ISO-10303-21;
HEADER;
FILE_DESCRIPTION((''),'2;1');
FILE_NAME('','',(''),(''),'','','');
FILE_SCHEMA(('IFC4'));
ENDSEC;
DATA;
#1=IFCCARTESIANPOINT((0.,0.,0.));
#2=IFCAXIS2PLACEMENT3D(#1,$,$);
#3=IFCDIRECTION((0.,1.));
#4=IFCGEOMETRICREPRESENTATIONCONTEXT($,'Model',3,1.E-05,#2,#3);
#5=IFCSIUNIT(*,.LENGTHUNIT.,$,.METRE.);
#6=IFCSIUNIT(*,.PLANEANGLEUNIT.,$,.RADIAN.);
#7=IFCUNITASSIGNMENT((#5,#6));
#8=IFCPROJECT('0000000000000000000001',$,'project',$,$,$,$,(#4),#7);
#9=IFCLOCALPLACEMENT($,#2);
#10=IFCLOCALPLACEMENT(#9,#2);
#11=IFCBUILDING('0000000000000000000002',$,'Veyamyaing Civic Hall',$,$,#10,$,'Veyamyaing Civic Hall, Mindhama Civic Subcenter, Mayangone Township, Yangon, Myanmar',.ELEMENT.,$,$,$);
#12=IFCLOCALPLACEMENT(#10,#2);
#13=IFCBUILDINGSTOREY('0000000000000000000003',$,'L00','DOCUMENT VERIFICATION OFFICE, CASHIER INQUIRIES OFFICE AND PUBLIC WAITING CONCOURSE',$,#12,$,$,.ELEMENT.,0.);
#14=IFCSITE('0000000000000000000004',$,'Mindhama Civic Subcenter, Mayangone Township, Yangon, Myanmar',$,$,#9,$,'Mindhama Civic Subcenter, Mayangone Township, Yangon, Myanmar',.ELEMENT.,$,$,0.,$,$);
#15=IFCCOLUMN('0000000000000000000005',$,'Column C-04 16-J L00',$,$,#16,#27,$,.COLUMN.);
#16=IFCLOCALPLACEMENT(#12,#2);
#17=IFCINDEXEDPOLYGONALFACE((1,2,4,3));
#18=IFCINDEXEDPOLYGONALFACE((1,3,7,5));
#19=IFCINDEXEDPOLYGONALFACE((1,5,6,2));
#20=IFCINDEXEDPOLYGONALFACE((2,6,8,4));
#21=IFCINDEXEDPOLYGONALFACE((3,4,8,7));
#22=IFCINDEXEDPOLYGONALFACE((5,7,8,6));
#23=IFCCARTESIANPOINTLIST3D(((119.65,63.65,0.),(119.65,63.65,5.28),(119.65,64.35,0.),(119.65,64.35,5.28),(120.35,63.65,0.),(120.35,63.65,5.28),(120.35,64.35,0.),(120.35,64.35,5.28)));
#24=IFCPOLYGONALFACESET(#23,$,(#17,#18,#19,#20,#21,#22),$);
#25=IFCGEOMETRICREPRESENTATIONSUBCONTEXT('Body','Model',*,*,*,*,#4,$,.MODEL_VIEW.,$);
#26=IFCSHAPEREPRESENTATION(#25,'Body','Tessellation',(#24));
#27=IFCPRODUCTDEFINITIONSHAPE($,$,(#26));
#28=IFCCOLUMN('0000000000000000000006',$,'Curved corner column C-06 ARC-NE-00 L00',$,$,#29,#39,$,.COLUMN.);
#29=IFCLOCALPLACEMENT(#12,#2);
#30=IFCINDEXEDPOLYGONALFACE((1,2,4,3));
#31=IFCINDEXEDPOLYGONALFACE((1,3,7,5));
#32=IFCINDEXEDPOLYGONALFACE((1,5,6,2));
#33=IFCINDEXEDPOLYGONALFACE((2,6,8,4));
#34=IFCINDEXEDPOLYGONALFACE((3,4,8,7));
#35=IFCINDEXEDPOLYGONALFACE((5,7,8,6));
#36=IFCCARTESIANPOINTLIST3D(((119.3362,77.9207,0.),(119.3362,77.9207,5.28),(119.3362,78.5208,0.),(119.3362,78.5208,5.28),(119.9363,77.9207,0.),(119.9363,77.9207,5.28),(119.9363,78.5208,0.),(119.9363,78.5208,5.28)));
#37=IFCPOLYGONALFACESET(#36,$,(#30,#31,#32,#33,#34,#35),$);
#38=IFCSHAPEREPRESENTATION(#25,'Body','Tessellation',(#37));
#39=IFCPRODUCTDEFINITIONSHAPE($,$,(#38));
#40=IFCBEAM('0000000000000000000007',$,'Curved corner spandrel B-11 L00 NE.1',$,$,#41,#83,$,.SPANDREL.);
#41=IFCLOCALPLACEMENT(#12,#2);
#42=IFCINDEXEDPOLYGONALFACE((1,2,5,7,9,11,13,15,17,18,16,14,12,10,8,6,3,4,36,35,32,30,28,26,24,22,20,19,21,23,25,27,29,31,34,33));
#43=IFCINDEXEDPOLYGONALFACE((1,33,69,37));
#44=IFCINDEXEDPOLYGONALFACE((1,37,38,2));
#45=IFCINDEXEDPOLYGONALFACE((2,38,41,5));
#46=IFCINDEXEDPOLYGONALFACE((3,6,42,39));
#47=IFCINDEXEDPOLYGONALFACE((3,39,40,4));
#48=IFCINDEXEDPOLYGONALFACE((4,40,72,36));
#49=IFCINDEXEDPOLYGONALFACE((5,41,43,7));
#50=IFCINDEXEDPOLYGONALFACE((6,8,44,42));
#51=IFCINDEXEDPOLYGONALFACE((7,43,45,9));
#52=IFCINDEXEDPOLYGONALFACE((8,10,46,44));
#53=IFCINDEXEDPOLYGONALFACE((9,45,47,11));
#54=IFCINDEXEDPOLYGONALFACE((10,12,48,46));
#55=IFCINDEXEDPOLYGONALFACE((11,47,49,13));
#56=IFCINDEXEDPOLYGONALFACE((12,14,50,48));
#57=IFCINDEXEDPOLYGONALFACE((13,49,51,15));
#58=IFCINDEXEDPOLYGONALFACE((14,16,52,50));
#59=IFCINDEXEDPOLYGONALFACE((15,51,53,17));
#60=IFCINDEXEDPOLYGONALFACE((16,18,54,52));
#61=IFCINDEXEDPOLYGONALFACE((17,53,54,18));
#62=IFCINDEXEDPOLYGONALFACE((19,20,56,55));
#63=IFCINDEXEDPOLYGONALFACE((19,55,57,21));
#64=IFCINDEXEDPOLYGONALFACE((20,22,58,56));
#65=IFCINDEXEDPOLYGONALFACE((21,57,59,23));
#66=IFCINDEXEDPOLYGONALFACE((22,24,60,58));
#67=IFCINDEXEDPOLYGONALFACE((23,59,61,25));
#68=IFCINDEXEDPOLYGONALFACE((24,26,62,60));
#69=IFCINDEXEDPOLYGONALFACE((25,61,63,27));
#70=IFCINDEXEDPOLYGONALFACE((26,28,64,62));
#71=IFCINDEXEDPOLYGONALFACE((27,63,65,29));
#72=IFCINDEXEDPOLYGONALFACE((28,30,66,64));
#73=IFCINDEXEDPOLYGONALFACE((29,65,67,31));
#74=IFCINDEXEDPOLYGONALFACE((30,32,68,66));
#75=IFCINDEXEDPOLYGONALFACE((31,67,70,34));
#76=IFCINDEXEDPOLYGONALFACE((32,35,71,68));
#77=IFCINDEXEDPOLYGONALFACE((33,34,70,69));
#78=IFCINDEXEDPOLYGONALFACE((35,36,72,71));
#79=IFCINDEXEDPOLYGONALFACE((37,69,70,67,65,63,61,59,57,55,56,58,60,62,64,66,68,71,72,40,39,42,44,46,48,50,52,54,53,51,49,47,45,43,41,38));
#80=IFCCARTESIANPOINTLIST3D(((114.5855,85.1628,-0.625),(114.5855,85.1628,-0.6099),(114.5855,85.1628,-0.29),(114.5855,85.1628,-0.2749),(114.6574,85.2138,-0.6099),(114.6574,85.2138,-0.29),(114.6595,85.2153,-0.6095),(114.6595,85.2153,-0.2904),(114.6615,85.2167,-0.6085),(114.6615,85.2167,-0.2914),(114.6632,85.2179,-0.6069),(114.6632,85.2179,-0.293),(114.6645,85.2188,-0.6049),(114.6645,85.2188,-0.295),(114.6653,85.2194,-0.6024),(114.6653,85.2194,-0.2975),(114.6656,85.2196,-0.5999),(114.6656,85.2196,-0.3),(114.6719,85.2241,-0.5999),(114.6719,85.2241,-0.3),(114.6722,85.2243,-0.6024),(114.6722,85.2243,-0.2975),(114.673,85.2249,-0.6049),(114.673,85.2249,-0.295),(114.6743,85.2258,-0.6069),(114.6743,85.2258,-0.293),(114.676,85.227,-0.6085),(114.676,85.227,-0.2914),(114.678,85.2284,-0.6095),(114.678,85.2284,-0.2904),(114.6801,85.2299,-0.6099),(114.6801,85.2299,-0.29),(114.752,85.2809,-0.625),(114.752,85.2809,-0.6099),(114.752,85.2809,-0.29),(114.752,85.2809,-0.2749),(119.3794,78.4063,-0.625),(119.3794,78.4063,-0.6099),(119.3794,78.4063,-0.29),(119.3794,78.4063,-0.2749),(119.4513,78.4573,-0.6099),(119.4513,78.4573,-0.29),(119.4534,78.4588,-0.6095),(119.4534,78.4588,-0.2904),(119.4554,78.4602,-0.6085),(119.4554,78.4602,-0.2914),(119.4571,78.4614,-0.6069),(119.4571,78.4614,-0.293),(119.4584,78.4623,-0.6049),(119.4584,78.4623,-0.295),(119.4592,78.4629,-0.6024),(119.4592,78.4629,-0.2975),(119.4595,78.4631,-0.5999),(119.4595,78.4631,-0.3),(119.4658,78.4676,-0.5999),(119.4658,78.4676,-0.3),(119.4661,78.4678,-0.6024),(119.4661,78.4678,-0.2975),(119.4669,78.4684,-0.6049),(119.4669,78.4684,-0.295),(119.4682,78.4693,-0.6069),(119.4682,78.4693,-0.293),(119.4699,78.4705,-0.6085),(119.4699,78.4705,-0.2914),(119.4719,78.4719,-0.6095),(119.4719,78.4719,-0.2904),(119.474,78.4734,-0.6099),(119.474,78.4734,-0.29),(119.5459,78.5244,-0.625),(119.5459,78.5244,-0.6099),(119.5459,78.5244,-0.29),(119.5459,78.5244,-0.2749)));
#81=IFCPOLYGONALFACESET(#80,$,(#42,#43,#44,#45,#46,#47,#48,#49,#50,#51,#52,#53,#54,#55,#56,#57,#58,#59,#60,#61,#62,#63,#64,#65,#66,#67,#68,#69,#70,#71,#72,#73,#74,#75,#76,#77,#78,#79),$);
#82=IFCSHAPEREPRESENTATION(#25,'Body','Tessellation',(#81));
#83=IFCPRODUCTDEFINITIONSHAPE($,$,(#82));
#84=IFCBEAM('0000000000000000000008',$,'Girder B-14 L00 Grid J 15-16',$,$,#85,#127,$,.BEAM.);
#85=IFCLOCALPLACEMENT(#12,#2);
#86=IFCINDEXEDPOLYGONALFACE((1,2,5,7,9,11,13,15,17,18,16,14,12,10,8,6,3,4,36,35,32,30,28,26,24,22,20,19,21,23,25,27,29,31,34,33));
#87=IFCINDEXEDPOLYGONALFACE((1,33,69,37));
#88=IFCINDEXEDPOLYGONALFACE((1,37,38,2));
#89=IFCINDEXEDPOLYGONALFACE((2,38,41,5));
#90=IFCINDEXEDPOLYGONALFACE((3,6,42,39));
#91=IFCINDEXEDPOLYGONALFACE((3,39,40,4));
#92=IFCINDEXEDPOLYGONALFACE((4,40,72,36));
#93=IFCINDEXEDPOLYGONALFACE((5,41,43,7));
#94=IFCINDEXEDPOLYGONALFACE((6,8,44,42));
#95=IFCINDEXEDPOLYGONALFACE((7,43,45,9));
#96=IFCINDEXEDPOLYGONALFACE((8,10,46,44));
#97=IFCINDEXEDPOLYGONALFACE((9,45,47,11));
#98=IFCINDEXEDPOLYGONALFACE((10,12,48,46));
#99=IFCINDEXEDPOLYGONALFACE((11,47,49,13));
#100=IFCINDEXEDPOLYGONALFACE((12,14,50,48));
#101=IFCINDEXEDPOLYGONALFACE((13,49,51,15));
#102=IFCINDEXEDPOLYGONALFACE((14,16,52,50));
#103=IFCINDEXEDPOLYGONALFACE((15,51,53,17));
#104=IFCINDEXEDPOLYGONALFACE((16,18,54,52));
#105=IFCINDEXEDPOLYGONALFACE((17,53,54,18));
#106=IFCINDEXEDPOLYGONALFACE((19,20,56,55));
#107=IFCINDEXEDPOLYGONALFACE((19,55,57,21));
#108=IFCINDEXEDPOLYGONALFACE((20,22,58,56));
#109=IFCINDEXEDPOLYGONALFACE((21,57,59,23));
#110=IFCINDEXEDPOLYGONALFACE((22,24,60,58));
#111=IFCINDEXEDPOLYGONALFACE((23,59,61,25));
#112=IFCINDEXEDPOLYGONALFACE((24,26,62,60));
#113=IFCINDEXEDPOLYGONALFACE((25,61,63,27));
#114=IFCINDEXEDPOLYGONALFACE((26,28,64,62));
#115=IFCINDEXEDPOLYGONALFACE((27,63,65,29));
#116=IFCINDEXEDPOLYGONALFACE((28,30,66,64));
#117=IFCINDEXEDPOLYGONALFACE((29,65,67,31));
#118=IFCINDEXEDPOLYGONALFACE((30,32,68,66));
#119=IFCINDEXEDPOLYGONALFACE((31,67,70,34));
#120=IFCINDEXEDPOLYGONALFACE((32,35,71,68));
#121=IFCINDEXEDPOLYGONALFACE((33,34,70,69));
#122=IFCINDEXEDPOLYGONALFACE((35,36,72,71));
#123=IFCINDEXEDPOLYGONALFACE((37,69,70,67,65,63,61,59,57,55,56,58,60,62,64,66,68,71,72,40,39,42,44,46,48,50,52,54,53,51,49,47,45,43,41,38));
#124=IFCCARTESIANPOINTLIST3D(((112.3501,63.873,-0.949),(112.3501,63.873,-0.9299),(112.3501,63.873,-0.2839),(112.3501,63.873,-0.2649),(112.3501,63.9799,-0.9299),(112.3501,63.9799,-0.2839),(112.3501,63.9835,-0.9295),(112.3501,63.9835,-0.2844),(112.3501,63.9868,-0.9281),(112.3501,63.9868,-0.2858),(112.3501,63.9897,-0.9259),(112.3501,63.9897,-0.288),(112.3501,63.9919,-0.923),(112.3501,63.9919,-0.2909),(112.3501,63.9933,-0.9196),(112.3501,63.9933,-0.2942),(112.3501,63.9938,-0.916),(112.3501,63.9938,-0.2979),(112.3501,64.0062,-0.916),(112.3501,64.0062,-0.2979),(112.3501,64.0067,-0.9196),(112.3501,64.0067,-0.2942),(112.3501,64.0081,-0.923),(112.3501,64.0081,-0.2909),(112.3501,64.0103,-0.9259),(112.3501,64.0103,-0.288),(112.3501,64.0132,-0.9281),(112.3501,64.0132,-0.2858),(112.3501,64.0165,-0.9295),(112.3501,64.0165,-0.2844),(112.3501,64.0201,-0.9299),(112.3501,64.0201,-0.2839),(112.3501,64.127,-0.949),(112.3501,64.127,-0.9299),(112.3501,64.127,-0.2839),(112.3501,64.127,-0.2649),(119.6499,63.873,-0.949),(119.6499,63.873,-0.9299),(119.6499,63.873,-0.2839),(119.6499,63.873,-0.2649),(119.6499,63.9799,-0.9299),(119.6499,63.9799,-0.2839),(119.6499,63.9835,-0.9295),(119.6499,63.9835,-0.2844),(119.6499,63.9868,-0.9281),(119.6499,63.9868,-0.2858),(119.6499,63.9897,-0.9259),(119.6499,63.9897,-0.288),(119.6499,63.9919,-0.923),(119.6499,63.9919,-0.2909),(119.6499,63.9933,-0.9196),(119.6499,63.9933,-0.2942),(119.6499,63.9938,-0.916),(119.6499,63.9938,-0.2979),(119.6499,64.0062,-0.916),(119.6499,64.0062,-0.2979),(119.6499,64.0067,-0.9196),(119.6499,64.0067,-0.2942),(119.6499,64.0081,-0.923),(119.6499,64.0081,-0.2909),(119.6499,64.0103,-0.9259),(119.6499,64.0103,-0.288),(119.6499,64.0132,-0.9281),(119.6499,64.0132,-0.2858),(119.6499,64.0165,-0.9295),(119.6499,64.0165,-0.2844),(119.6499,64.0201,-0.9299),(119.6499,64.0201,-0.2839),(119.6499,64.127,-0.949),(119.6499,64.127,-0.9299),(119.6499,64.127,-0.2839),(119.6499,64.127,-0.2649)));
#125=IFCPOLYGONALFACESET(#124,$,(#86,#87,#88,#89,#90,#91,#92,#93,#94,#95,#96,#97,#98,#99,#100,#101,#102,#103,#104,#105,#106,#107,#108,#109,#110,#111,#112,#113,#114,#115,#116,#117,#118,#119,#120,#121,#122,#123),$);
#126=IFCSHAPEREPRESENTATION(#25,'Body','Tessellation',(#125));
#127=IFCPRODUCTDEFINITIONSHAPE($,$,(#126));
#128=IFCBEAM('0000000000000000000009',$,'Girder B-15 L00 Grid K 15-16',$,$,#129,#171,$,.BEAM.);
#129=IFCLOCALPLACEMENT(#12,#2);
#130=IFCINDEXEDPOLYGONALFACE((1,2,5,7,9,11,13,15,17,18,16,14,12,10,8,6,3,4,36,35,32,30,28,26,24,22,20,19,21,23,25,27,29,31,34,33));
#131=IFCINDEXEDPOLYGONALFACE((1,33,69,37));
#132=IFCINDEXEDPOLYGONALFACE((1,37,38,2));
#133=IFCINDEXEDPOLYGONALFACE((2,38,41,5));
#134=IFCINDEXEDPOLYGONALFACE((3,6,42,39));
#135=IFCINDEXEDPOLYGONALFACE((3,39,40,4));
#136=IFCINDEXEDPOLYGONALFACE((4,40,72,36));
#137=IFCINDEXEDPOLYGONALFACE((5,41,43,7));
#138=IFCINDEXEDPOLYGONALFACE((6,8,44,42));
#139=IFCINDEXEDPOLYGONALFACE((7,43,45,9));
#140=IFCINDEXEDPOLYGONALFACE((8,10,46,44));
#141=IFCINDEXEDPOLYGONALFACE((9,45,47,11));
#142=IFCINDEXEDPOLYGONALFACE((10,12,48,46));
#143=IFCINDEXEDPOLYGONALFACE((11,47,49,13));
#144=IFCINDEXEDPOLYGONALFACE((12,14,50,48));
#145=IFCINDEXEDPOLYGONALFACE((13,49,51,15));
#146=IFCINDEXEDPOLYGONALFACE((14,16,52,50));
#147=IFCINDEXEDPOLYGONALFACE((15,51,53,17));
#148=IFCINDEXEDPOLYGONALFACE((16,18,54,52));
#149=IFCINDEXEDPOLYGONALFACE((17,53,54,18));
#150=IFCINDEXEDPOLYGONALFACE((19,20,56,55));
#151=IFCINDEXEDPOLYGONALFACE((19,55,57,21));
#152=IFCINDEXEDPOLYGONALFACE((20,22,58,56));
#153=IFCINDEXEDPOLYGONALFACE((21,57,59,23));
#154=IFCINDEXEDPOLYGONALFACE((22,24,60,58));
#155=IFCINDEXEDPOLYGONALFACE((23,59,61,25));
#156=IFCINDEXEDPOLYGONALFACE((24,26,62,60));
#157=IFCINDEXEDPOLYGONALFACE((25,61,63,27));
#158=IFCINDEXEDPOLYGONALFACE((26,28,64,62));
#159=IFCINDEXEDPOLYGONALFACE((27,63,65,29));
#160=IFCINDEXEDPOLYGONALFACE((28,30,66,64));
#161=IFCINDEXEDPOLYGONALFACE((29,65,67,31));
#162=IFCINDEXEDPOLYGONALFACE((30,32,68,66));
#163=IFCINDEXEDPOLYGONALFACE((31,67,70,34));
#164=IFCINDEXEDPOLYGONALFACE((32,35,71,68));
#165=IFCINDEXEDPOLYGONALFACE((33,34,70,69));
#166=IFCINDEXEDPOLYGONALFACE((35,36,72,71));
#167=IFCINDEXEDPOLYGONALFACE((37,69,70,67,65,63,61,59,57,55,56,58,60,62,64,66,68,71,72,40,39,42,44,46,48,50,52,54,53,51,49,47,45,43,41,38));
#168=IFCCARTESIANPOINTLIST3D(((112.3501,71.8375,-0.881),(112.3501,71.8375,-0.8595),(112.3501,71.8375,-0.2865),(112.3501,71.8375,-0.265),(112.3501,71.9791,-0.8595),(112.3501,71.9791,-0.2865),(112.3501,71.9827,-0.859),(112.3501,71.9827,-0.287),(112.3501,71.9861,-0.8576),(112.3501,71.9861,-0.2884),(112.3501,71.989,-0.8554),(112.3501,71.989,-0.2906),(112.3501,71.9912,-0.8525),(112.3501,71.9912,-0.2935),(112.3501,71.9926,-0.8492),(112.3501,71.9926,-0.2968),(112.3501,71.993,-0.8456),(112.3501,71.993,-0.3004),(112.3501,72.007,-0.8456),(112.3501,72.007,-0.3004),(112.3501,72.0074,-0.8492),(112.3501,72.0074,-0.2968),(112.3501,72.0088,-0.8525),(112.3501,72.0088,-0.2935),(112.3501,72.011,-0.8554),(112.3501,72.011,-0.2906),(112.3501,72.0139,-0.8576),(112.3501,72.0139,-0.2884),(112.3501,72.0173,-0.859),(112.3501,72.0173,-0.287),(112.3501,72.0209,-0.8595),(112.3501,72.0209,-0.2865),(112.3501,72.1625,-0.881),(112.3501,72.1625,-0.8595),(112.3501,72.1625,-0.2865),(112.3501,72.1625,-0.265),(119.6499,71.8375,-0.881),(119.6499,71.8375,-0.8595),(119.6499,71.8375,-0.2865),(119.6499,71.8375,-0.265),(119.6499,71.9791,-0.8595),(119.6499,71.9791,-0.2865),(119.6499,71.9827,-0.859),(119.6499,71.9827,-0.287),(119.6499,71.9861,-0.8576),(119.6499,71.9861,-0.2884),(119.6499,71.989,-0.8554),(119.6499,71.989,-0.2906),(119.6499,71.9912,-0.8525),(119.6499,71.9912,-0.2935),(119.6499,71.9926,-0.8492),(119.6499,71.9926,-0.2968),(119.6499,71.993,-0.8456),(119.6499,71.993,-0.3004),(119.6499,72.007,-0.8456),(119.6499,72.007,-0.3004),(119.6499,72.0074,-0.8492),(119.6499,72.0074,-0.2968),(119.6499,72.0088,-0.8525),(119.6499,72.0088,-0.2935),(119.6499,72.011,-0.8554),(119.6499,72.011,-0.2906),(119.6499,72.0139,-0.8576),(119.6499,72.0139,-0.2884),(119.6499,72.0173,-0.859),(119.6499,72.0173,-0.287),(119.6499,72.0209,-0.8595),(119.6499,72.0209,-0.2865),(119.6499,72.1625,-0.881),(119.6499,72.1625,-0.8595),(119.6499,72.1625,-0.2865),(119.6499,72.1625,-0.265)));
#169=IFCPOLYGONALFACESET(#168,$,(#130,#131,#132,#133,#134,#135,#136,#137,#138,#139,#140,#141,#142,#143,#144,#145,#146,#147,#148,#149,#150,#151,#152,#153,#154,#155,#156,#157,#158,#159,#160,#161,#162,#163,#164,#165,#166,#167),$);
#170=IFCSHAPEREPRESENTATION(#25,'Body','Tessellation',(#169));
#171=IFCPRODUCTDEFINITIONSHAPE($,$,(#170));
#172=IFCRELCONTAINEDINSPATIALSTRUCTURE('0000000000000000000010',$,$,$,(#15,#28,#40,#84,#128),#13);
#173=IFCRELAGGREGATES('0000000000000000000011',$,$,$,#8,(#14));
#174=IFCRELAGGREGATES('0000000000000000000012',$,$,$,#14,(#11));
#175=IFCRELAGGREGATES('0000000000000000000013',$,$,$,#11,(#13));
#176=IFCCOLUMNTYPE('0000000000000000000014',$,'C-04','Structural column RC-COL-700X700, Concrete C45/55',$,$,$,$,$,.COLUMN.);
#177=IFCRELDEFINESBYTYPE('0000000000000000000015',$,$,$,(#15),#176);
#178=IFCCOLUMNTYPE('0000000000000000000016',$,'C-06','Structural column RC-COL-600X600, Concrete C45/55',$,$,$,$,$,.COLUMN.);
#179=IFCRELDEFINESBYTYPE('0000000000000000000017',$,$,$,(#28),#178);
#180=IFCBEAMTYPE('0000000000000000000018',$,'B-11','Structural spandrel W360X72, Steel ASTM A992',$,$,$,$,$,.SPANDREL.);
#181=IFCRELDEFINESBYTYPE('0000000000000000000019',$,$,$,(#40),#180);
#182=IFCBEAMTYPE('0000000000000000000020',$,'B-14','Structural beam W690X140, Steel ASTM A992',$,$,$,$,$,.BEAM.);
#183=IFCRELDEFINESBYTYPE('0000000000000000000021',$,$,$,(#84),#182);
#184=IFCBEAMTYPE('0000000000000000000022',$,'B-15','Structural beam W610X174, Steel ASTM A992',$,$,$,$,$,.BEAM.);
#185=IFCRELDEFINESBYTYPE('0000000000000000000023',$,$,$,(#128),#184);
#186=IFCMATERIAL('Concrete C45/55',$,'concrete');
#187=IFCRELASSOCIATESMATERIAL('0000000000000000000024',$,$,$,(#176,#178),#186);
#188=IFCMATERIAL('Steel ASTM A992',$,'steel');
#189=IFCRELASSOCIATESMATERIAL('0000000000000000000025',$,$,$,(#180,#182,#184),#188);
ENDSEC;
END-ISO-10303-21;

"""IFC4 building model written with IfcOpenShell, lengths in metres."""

from ifc_helpers import new_model, si_unit, direction, frame, origin, origin_2d, place, context, subcontext, project, spatial, rectangle, i_section, extrude, material, material_profile, profile_set, type_object, element, save


model = new_model("IFC4")

# Units and contexts
model_context = context("Model", 3, precision=1e-05, world=origin(), true_north=direction((0.0, 1.0)))
body_context = subcontext(model_context, "Body", "Model", "MODEL_VIEW")
ifc_project = project(units=[si_unit("LENGTHUNIT", "METRE"), si_unit("PLANEANGLEUNIT", "RADIAN")], contexts=[model_context])

# Site, building, storey
site_placement = place(None, origin())
site = spatial("IfcSite", under=ifc_project, at=site_placement, Name="Mindhama Civic Subcenter, Mayangone Township, Yangon, Myanmar", LongName="Mindhama Civic Subcenter, Mayangone Township, Yangon, Myanmar", CompositionType="ELEMENT", RefElevation=0.0)
building_placement = place(site_placement, origin())
building = spatial("IfcBuilding", under=site, at=building_placement, Name="Veyamyaing Civic Hall", LongName="Veyamyaing Civic Hall, Mindhama Civic Subcenter, Mayangone Township, Yangon, Myanmar", CompositionType="ELEMENT")
storey_placement = place(building_placement, origin())
storey = spatial("IfcBuildingStorey", under=building, at=storey_placement, Name="L00", Description="DOCUMENT VERIFICATION OFFICE, CASHIER INQUIRIES OFFICE AND PUBLIC WAITING CONCOURSE", CompositionType="ELEMENT", Elevation=0.0)

# Columns
ifc_material_1 = material(Name="Concrete C45/55", Category="concrete")
ifc_material_profile_1 = material_profile(ifc_material_1, rectangle(XDim=0.7, YDim=0.7, at=origin_2d()), Name="RC-COL-700X700")
ifc_profile_set_1 = profile_set([ifc_material_profile_1], Name="Concrete C45/55")
column_type_1 = type_object("IfcColumnType", Name="C-04", Description="Structural column RC-COL-700X700, Concrete C45/55", PredefinedType="COLUMN", material=ifc_profile_set_1)
column_1_placement = place(storey_placement, frame((120.0, 64.0, 0.0), z_axis=(0.0, 0.0, 1.0), x_axis=(1.0, 0.0, 0.0)))
element("IfcColumn", 1, at=column_1_placement, inside=storey, type_object=column_type_1, Name="Column C-04 16-J L00", PredefinedType="COLUMN", context=body_context, shape_type="SweptSolid", body=[
    extrude(rectangle(XDim=0.7, YDim=0.7, at=origin_2d()), origin(), (0.0, 0.0, 1.0), 5.28),
])
ifc_material_profile_2 = material_profile(ifc_material_1, rectangle(XDim=0.6001, YDim=0.6001, at=origin_2d()), Name="RC-COL-600X600")
ifc_profile_set_2 = profile_set([ifc_material_profile_2], Name="Concrete C45/55")
column_type_2 = type_object("IfcColumnType", Name="C-06", Description="Structural column RC-COL-600X600, Concrete C45/55", PredefinedType="COLUMN", material=ifc_profile_set_2)
column_2_placement = place(storey_placement, frame((119.6362, 78.2207, 0.0), z_axis=(0.0, 0.0, 1.0), x_axis=(1.0, 0.0, 0.0)))
element("IfcColumn", 2, at=column_2_placement, inside=storey, type_object=column_type_2, Name="Curved corner column C-06 ARC-NE-00 L00", PredefinedType="COLUMN", context=body_context, shape_type="SweptSolid", body=[
    extrude(rectangle(XDim=0.6001, YDim=0.6001, at=origin_2d()), origin(), (0.0, 0.0, 1.0), 5.28),
])

# Beams
ifc_material_2 = material(Name="Steel ASTM A992", Category="steel")
ifc_material_profile_3 = material_profile(ifc_material_2, i_section(OverallWidth=0.2041, OverallDepth=0.3501, WebThickness=0.0078, FlangeThickness=0.0151, FilletRadius=0.01, at=origin_2d()), Name="W360X72")
ifc_profile_set_3 = profile_set([ifc_material_profile_3], Name="Steel ASTM A992")
beam_type_1 = type_object("IfcBeamType", Name="B-11", Description="Structural spandrel W360X72, Steel ASTM A992", PredefinedType="SPANDREL", material=ifc_profile_set_3)
beam_1_placement = place(storey_placement, frame((119.4626, 78.4653, -0.45), z_axis=(-0.578662, 0.815567, 0.0), x_axis=(-0.815567, -0.578662, 0.0)))
element("IfcBeam", 3, at=beam_1_placement, inside=storey, type_object=beam_type_1, Name="Curved corner spandrel B-11 L00 NE.1", PredefinedType="SPANDREL", context=body_context, shape_type="SweptSolid", body=[
    extrude(i_section(OverallWidth=0.2041, OverallDepth=0.3501, WebThickness=0.0078, FlangeThickness=0.0151, FilletRadius=0.01, at=origin_2d()), origin(), (0.0, 0.0, 1.0), 8.2844),
])
ifc_material_profile_4 = material_profile(ifc_material_2, i_section(OverallWidth=0.2539, OverallDepth=0.6841, WebThickness=0.0125, FlangeThickness=0.019, FilletRadius=0.0139, at=origin_2d()), Name="W690X140")
ifc_profile_set_4 = profile_set([ifc_material_profile_4], Name="Steel ASTM A992")
beam_type_2 = type_object("IfcBeamType", Name="B-14", Description="Structural beam W690X140, Steel ASTM A992", PredefinedType="BEAM", material=ifc_profile_set_4)
beam_2_placement = place(storey_placement, frame((112.3501, 64.0, -0.6069), z_axis=(1.0, 0.0, 0.0), x_axis=(0.0, 1.0, 0.0)))
element("IfcBeam", 4, at=beam_2_placement, inside=storey, type_object=beam_type_2, Name="Girder B-14 L00 Grid J 15-16", PredefinedType="BEAM", context=body_context, shape_type="SweptSolid", body=[
    extrude(i_section(OverallWidth=0.2539, OverallDepth=0.6841, WebThickness=0.0125, FlangeThickness=0.019, FilletRadius=0.0139, at=origin_2d()), origin(), (0.0, 0.0, 1.0), 7.2998),
])
ifc_material_profile_5 = material_profile(ifc_material_2, i_section(OverallWidth=0.325, OverallDepth=0.616, WebThickness=0.0139, FlangeThickness=0.0215, FilletRadius=0.0139, at=origin_2d()), Name="W610X174")
ifc_profile_set_5 = profile_set([ifc_material_profile_5], Name="Steel ASTM A992")
beam_type_3 = type_object("IfcBeamType", Name="B-15", Description="Structural beam W610X174, Steel ASTM A992", PredefinedType="BEAM", material=ifc_profile_set_5)
beam_3_placement = place(storey_placement, frame((112.3501, 72.0, -0.573), z_axis=(1.0, 0.0, 0.0), x_axis=(0.0, 1.0, 0.0)))
element("IfcBeam", 5, at=beam_3_placement, inside=storey, type_object=beam_type_3, Name="Girder B-15 L00 Grid K 15-16", PredefinedType="BEAM", context=body_context, shape_type="SweptSolid", body=[
    extrude(i_section(OverallWidth=0.325, OverallDepth=0.616, WebThickness=0.0139, FlangeThickness=0.0215, FilletRadius=0.0139, at=origin_2d()), origin(), (0.0, 0.0, 1.0), 7.2998),
])

save(model, "model.ifc")
